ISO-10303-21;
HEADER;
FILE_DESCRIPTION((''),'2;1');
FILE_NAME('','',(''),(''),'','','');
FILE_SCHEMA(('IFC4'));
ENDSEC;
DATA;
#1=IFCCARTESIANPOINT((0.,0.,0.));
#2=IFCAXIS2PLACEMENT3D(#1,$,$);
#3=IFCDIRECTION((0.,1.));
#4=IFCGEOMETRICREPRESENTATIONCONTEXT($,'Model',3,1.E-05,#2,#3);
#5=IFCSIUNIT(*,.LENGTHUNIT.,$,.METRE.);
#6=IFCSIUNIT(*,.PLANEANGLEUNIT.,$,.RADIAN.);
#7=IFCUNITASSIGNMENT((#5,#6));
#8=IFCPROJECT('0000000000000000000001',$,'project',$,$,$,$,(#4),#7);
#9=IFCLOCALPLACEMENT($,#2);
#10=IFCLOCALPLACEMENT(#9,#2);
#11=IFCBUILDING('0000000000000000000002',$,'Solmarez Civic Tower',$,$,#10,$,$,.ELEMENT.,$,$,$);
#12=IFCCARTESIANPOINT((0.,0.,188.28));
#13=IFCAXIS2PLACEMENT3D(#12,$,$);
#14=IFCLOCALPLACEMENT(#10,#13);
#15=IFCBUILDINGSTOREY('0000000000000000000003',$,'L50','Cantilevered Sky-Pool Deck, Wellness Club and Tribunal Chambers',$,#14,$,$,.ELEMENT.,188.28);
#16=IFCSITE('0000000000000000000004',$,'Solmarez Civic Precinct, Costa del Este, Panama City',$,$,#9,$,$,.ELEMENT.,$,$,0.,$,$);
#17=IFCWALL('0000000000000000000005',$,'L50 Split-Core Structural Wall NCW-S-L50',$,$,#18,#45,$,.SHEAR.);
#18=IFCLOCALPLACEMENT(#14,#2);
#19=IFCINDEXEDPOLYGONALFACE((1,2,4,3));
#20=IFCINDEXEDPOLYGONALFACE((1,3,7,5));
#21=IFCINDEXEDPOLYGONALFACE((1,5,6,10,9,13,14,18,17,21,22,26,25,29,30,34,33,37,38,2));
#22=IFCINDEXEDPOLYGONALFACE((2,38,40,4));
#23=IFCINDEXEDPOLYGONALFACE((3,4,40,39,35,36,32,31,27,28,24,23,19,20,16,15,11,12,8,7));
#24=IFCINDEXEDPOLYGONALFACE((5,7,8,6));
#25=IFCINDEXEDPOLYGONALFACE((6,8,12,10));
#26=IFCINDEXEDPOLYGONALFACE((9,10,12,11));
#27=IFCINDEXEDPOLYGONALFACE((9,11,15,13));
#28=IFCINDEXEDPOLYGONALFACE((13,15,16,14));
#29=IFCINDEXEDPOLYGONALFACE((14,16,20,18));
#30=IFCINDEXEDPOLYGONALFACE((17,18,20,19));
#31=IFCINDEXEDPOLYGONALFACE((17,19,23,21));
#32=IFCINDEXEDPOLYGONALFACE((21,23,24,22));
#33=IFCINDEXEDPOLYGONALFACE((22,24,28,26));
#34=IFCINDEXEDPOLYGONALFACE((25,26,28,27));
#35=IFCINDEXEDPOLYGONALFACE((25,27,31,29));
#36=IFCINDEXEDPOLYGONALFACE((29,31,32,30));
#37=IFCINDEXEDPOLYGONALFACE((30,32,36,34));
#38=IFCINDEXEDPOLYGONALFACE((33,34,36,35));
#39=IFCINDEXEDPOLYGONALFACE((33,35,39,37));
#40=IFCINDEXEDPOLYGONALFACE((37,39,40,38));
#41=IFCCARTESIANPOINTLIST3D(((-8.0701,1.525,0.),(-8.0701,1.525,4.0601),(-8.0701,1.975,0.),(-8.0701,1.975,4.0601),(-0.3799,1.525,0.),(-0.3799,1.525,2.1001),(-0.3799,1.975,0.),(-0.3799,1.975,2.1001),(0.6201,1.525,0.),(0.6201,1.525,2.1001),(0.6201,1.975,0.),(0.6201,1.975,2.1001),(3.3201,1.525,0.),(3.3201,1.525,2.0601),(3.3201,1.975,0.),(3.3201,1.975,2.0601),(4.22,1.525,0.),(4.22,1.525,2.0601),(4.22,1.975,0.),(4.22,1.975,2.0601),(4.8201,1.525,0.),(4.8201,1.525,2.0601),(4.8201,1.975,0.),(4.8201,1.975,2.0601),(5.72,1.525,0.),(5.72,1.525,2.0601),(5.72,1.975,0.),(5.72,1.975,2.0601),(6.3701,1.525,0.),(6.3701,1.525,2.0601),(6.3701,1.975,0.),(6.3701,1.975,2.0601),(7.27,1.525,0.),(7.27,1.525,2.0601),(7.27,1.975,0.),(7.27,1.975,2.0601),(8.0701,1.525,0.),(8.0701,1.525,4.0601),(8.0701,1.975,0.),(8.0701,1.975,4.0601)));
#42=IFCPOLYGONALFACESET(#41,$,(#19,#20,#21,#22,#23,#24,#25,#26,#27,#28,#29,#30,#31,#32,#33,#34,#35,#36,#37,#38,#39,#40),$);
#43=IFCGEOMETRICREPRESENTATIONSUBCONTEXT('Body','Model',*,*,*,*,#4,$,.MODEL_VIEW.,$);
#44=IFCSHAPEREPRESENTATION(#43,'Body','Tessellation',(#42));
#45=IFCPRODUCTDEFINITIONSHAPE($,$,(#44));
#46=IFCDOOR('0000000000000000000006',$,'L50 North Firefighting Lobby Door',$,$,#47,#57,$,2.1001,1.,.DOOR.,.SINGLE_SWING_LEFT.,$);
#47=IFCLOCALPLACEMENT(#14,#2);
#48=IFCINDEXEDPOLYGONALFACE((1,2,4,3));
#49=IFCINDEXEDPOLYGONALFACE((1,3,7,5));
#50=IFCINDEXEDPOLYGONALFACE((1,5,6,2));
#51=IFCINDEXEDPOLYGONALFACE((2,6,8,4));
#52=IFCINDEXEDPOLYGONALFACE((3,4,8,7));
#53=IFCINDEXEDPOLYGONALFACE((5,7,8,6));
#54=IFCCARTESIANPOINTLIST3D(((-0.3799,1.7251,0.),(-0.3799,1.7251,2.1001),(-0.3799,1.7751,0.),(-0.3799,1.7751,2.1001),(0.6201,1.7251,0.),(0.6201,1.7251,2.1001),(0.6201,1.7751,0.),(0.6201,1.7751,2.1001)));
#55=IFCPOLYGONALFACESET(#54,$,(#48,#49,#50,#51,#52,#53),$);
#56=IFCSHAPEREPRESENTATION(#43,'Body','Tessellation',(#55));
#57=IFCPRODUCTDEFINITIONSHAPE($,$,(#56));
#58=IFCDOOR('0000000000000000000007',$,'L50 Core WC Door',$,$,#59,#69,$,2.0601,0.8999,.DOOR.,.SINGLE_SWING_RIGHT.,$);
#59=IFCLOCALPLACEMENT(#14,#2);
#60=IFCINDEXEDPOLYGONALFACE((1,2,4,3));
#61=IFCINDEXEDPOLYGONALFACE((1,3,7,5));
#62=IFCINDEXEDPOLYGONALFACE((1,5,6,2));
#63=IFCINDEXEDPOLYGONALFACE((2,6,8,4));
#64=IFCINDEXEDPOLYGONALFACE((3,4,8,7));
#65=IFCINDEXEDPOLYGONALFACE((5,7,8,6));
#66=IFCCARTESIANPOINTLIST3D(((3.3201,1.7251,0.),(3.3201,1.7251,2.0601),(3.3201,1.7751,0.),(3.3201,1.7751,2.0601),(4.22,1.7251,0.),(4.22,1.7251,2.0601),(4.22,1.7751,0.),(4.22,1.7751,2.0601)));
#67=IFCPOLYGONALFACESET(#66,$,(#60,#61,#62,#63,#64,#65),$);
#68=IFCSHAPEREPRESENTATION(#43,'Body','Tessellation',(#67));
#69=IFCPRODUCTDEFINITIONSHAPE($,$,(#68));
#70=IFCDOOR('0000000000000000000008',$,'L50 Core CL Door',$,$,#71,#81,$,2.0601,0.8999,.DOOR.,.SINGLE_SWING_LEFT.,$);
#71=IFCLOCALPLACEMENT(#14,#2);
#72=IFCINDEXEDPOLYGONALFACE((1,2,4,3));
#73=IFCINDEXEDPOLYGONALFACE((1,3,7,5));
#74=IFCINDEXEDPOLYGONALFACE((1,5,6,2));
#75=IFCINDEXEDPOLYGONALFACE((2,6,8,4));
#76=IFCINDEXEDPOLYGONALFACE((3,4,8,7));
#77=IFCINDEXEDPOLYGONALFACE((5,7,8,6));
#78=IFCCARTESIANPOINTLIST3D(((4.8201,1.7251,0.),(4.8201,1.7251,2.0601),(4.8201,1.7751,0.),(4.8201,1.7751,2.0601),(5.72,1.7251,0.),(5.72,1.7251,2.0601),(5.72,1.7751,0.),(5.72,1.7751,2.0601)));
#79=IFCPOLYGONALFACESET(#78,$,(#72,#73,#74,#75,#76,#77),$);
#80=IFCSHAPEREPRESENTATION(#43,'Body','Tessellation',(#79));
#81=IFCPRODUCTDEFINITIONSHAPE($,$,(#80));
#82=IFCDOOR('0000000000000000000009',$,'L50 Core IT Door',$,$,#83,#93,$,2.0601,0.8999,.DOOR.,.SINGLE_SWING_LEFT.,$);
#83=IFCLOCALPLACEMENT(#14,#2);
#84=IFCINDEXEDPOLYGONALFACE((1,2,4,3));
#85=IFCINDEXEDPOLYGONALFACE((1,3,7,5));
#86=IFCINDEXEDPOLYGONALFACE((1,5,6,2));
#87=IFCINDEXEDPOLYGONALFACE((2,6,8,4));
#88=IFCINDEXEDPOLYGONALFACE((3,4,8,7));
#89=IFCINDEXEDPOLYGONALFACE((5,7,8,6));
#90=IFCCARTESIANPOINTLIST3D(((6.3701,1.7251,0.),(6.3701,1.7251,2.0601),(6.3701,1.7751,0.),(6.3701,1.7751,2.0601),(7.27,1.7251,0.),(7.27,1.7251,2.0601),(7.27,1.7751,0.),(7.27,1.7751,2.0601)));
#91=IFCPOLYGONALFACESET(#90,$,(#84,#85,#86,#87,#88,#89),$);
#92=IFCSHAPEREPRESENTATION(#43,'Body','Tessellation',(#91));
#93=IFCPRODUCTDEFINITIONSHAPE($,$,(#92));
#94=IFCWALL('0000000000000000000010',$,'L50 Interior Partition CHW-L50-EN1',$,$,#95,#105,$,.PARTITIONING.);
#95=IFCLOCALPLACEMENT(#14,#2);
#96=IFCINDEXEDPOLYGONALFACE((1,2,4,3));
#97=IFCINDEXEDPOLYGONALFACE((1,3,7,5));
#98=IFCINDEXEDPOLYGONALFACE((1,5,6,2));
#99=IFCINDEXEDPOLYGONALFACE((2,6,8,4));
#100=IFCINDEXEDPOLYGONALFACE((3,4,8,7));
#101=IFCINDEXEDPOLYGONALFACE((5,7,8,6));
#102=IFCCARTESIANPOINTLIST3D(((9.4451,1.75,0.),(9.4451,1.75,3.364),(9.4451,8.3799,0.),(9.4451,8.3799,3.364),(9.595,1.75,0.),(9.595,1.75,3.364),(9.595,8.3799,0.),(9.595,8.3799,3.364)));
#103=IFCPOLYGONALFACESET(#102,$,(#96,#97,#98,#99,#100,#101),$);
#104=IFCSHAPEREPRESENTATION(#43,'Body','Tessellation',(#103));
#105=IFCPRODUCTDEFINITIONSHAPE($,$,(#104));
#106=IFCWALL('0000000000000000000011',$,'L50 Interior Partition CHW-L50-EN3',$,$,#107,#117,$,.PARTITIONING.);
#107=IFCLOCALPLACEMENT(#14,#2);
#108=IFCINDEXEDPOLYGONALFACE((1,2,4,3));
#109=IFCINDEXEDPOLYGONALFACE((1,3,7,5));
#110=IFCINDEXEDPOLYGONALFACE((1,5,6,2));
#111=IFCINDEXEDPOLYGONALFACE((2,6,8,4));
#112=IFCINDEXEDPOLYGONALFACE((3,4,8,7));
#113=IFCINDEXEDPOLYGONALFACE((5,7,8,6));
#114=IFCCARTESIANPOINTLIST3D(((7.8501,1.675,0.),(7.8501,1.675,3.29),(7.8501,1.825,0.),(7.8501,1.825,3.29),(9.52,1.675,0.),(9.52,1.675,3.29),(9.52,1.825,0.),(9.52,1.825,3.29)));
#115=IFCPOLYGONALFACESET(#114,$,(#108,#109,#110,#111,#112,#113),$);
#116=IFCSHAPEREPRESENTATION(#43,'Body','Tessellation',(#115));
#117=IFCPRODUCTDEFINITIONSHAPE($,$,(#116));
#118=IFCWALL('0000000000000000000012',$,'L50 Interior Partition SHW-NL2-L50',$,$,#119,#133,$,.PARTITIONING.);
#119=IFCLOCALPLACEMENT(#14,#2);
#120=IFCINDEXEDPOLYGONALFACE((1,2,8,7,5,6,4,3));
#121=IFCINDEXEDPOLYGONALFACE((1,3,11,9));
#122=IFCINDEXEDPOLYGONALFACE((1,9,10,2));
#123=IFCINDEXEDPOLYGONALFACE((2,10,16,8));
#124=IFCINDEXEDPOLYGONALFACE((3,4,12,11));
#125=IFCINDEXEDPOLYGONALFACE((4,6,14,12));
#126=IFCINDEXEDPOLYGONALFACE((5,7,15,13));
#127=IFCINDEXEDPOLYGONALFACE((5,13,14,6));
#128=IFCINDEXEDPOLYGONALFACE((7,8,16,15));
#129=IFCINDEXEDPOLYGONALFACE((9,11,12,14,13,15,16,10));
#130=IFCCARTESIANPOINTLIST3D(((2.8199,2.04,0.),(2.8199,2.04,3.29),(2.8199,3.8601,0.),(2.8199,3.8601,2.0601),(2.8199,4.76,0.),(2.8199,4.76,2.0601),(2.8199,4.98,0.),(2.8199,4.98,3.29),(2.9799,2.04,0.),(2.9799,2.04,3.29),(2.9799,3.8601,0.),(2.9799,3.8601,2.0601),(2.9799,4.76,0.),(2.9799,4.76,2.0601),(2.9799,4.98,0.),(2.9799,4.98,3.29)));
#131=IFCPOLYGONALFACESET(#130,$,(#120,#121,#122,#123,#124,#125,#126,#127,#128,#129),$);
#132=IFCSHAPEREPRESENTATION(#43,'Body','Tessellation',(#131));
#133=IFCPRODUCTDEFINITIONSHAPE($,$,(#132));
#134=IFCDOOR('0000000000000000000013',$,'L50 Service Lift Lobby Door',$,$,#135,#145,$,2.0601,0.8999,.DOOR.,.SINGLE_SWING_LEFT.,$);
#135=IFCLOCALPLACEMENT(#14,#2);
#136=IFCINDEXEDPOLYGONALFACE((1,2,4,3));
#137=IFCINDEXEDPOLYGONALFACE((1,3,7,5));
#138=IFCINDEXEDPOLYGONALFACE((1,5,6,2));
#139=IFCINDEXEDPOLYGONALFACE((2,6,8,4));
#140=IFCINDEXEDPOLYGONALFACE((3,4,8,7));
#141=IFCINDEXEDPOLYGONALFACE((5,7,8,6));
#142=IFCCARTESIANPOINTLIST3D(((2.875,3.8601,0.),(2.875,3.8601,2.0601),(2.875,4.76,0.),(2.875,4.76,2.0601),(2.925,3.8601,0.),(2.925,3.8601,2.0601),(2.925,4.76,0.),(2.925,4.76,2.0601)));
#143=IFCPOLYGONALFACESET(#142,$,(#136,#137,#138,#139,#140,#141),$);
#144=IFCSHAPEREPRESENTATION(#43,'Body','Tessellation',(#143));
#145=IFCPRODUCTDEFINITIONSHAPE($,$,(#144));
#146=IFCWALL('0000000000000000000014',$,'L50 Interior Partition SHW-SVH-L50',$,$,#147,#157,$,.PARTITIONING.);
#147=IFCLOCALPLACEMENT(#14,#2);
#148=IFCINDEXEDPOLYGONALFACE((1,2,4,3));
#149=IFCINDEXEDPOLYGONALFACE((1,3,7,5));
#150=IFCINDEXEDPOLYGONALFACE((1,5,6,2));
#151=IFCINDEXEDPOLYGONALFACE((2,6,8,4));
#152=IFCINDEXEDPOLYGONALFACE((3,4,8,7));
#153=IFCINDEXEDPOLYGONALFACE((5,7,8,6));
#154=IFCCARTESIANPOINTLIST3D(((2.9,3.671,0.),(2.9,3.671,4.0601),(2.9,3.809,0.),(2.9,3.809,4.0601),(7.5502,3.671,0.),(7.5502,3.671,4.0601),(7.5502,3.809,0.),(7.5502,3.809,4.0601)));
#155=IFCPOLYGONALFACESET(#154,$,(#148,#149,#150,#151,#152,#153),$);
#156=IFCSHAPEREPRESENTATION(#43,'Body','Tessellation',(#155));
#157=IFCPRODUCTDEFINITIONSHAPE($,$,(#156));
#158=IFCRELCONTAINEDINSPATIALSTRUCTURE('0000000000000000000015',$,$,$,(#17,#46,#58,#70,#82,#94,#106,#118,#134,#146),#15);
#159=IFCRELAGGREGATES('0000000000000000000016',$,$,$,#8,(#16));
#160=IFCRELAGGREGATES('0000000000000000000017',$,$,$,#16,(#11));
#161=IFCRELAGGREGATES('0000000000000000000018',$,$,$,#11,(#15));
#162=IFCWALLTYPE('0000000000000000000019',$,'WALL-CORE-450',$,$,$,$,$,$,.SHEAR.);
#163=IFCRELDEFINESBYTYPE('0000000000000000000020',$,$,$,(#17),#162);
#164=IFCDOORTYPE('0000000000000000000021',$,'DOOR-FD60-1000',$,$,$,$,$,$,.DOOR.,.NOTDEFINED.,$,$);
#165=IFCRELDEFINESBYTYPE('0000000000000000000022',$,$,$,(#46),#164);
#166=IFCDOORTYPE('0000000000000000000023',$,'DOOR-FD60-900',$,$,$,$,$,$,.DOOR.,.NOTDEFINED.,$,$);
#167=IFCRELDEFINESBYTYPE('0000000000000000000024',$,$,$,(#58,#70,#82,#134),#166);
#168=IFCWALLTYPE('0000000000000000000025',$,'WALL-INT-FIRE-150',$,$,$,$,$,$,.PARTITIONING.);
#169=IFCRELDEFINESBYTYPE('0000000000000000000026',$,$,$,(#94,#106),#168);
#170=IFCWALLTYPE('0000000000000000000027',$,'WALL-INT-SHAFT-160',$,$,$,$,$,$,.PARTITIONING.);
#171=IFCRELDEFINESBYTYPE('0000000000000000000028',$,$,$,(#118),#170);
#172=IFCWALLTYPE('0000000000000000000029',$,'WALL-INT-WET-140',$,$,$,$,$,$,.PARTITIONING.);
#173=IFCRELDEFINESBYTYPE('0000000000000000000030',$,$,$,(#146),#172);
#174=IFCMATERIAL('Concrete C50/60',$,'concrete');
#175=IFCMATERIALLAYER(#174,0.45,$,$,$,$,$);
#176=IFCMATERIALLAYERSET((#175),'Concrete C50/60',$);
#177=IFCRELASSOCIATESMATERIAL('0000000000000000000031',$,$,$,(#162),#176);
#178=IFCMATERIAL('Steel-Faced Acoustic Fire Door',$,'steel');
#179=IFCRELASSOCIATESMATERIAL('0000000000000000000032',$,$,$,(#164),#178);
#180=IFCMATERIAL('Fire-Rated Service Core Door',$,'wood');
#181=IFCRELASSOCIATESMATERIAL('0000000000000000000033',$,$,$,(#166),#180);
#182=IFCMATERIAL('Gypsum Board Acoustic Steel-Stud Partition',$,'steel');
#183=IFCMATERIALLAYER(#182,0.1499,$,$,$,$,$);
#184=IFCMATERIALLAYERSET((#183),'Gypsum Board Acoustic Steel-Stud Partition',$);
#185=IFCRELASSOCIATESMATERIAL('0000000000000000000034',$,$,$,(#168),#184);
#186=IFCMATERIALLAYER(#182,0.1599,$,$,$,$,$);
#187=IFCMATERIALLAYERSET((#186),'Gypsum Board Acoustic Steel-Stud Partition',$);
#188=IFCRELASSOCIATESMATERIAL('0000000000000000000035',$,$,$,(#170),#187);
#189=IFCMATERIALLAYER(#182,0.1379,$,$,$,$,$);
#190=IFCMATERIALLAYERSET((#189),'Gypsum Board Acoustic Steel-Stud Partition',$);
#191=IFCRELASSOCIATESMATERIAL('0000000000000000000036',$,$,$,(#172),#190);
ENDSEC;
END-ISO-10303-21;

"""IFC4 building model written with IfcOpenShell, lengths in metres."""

from ifc_helpers import new_model, si_unit, direction, frame, frame_2d, origin, place, context, subcontext, project, spatial, rectangle, extrude, material, layer, layer_set, type_object, element, fill, save


model = new_model("IFC4")

# Units and contexts
model_context = context("Model", 3, precision=1e-05, world=origin(), true_north=direction((0.0, 1.0)))
body_context = subcontext(model_context, "Body", "Model", "MODEL_VIEW")
ifc_project = project(units=[si_unit("LENGTHUNIT", "METRE"), si_unit("PLANEANGLEUNIT", "RADIAN")], contexts=[model_context])

# Site, building, storey
site_placement = place(None, origin())
site = spatial("IfcSite", under=ifc_project, at=site_placement, Name="Solmarez Civic Precinct, Costa del Este, Panama City", CompositionType="ELEMENT", RefElevation=0.0)
building_placement = place(site_placement, origin())
building = spatial("IfcBuilding", under=site, at=building_placement, Name="Solmarez Civic Tower", CompositionType="ELEMENT")
storey_placement = place(building_placement, frame((0.0, 0.0, 188.28)))
storey = spatial("IfcBuildingStorey", under=building, at=storey_placement, Name="L50", Description="Cantilevered Sky-Pool Deck, Wellness Club and Tribunal Chambers", CompositionType="ELEMENT", Elevation=188.28)

# Shared definitions
ifc_material_1 = material(Name="Concrete C50/60", Category="concrete")

# Wall, openings, doors
ifc_layer_1 = layer(ifc_material_1, 0.45)
ifc_layer_set_1 = layer_set([ifc_layer_1], Name="Concrete C50/60")
wall_type_1 = type_object("IfcWallType", Name="WALL-CORE-450", PredefinedType="SHEAR", material=ifc_layer_set_1)
wall_1_placement = place(storey_placement, frame((8.0701, 1.75, 0.0), z_axis=(0.0, 0.0, 1.0), x_axis=(-1.0, 0.0, 0.0)))
wall_1 = element("IfcWall", 1, at=wall_1_placement, inside=storey, type_object=wall_type_1, Name="L50 Split-Core Structural Wall NCW-S-L50", PredefinedType="SHEAR", context=body_context, shape_type="SweptSolid", body=[
    extrude(rectangle(XDim=16.1401, YDim=0.45, at=frame_2d((8.0701, 0.0))), origin(), (0.0, 0.0, 1.0), 4.0601),
])
opening_1_placement = place(wall_1_placement, frame((7.45, 0.0, 0.0)))
opening_1 = element("IfcOpeningElement", 2, at=opening_1_placement, cuts=wall_1, PredefinedType="OPENING", context=body_context, shape_type="SweptSolid", body=[
    extrude(rectangle(XDim=1.0, YDim=2.1001, at=frame_2d((0.5, 1.05))), frame((0.0, 0.2349, 0.0), z_axis=(0.0, -1.0, 0.0), x_axis=(1.0, 0.0, 0.0)), (0.0, 0.0, 1.0), 0.47),
])
opening_2_placement = place(wall_1_placement, frame((3.8501, 0.0, 0.0)))
opening_2 = element("IfcOpeningElement", 3, at=opening_2_placement, cuts=wall_1, PredefinedType="OPENING", context=body_context, shape_type="SweptSolid", body=[
    extrude(rectangle(XDim=0.8999, YDim=2.0601, at=frame_2d((0.45, 1.03))), frame((0.0, 0.2349, 0.0), z_axis=(0.0, -1.0, 0.0), x_axis=(1.0, 0.0, 0.0)), (0.0, 0.0, 1.0), 0.47),
])
opening_3_placement = place(wall_1_placement, frame((2.3501, 0.0, 0.0)))
opening_3 = element("IfcOpeningElement", 4, at=opening_3_placement, cuts=wall_1, PredefinedType="OPENING", context=body_context, shape_type="SweptSolid", body=[
    extrude(rectangle(XDim=0.8999, YDim=2.0601, at=frame_2d((0.45, 1.03))), frame((0.0, 0.2349, 0.0), z_axis=(0.0, -1.0, 0.0), x_axis=(1.0, 0.0, 0.0)), (0.0, 0.0, 1.0), 0.47),
])
opening_4_placement = place(wall_1_placement, frame((0.8, 0.0, 0.0)))
opening_4 = element("IfcOpeningElement", 5, at=opening_4_placement, cuts=wall_1, PredefinedType="OPENING", context=body_context, shape_type="SweptSolid", body=[
    extrude(rectangle(XDim=0.8999, YDim=2.0601, at=frame_2d((0.45, 1.03))), frame((0.0, 0.2349, 0.0), z_axis=(0.0, -1.0, 0.0), x_axis=(1.0, 0.0, 0.0)), (0.0, 0.0, 1.0), 0.47),
])
ifc_material_2 = material(Name="Steel-Faced Acoustic Fire Door", Category="steel")
door_type_1 = type_object("IfcDoorType", Name="DOOR-FD60-1000", OperationType="NOTDEFINED", PredefinedType="DOOR", material=ifc_material_2)
door_1_placement = place(opening_1_placement, origin())
door_1 = element("IfcDoor", 6, at=door_1_placement, inside=storey, type_object=door_type_1, Name="L50 North Firefighting Lobby Door", OperationType="SINGLE_SWING_LEFT", OverallHeight=2.1001, OverallWidth=1.0, PredefinedType="DOOR", context=body_context, shape_type="SweptSolid", body=[
    extrude(rectangle(XDim=1.0, YDim=2.1001, at=frame_2d((0.5, 1.05))), frame((0.0, 0.0249, 0.0), z_axis=(0.0, -1.0, 0.0), x_axis=(1.0, 0.0, 0.0)), (0.0, 0.0, 1.0), 0.05),
])
fill(opening_1, door_1)
ifc_material_3 = material(Name="Fire-Rated Service Core Door", Category="wood")
door_type_2 = type_object("IfcDoorType", Name="DOOR-FD60-900", OperationType="NOTDEFINED", PredefinedType="DOOR", material=ifc_material_3)
door_2_placement = place(opening_2_placement, origin())
door_2 = element("IfcDoor", 7, at=door_2_placement, inside=storey, type_object=door_type_2, Name="L50 Core WC Door", OperationType="SINGLE_SWING_RIGHT", OverallHeight=2.0601, OverallWidth=0.8999, PredefinedType="DOOR", context=body_context, shape_type="SweptSolid", body=[
    extrude(rectangle(XDim=0.8999, YDim=2.0601, at=frame_2d((0.45, 1.03))), frame((0.0, 0.0249, 0.0), z_axis=(0.0, -1.0, 0.0), x_axis=(1.0, 0.0, 0.0)), (0.0, 0.0, 1.0), 0.05),
])
fill(opening_2, door_2)
door_3_placement = place(opening_3_placement, origin())
door_3 = element("IfcDoor", 8, at=door_3_placement, inside=storey, type_object=door_type_2, Name="L50 Core CL Door", OperationType="SINGLE_SWING_LEFT", OverallHeight=2.0601, OverallWidth=0.8999, PredefinedType="DOOR", context=body_context, shape_type="SweptSolid", body=[
    extrude(rectangle(XDim=0.8999, YDim=2.0601, at=frame_2d((0.45, 1.03))), frame((0.0, 0.0249, 0.0), z_axis=(0.0, -1.0, 0.0), x_axis=(1.0, 0.0, 0.0)), (0.0, 0.0, 1.0), 0.05),
])
fill(opening_3, door_3)
door_4_placement = place(opening_4_placement, origin())
door_4 = element("IfcDoor", 9, at=door_4_placement, inside=storey, type_object=door_type_2, Name="L50 Core IT Door", OperationType="SINGLE_SWING_LEFT", OverallHeight=2.0601, OverallWidth=0.8999, PredefinedType="DOOR", context=body_context, shape_type="SweptSolid", body=[
    extrude(rectangle(XDim=0.8999, YDim=2.0601, at=frame_2d((0.45, 1.03))), frame((0.0, 0.0249, 0.0), z_axis=(0.0, -1.0, 0.0), x_axis=(1.0, 0.0, 0.0)), (0.0, 0.0, 1.0), 0.05),
])
fill(opening_4, door_4)

# Walls
ifc_material_4 = material(Name="Gypsum Board Acoustic Steel-Stud Partition", Category="steel")
ifc_layer_2 = layer(ifc_material_4, 0.1499)
ifc_layer_set_2 = layer_set([ifc_layer_2], Name="Gypsum Board Acoustic Steel-Stud Partition")
wall_type_2 = type_object("IfcWallType", Name="WALL-INT-FIRE-150", PredefinedType="PARTITIONING", material=ifc_layer_set_2)
wall_2_placement = place(storey_placement, frame((9.52, 1.75, 0.0), z_axis=(0.0, 0.0, 1.0), x_axis=(0.0, 1.0, 0.0)))
element("IfcWall", 10, at=wall_2_placement, inside=storey, type_object=wall_type_2, Name="L50 Interior Partition CHW-L50-EN1", PredefinedType="PARTITIONING", context=body_context, shape_type="SweptSolid", body=[
    extrude(rectangle(XDim=6.6299, YDim=0.1499, at=frame_2d((3.3149, 0.0))), origin(), (0.0, 0.0, 1.0), 3.364),
])
wall_3_placement = place(storey_placement, frame((7.8501, 1.75, 0.0), z_axis=(0.0, 0.0, 1.0), x_axis=(1.0, 0.0, 0.0)))
element("IfcWall", 11, at=wall_3_placement, inside=storey, type_object=wall_type_2, Name="L50 Interior Partition CHW-L50-EN3", PredefinedType="PARTITIONING", context=body_context, shape_type="SweptSolid", body=[
    extrude(rectangle(XDim=1.6699, YDim=0.1499, at=frame_2d((0.835, 0.0))), origin(), (0.0, 0.0, 1.0), 3.29),
])

# Wall, opening, door
ifc_layer_3 = layer(ifc_material_4, 0.1599)
ifc_layer_set_3 = layer_set([ifc_layer_3], Name="Gypsum Board Acoustic Steel-Stud Partition")
wall_type_3 = type_object("IfcWallType", Name="WALL-INT-SHAFT-160", PredefinedType="PARTITIONING", material=ifc_layer_set_3)
wall_4_placement = place(storey_placement, frame((2.8999, 2.04, 0.0), z_axis=(0.0, 0.0, 1.0), x_axis=(0.0, 1.0, 0.0)))
wall_4 = element("IfcWall", 12, at=wall_4_placement, inside=storey, type_object=wall_type_3, Name="L50 Interior Partition SHW-NL2-L50", PredefinedType="PARTITIONING", context=body_context, shape_type="SweptSolid", body=[
    extrude(rectangle(XDim=2.9399, YDim=0.1599, at=frame_2d((1.47, 0.0))), origin(), (0.0, 0.0, 1.0), 3.29),
])
opening_5_placement = place(wall_4_placement, frame((1.8201, 0.0, 0.0)))
opening_5 = element("IfcOpeningElement", 13, at=opening_5_placement, cuts=wall_4, PredefinedType="OPENING", context=body_context, shape_type="SweptSolid", body=[
    extrude(rectangle(XDim=0.8999, YDim=2.0601, at=frame_2d((0.45, 1.03))), frame((0.0, 0.0898, 0.0), z_axis=(0.0, -1.0, 0.0), x_axis=(1.0, 0.0, 0.0)), (0.0, 0.0, 1.0), 0.1799),
])
door_5_placement = place(opening_5_placement, origin())
door_5 = element("IfcDoor", 14, at=door_5_placement, inside=storey, type_object=door_type_2, Name="L50 Service Lift Lobby Door", OperationType="SINGLE_SWING_LEFT", OverallHeight=2.0601, OverallWidth=0.8999, PredefinedType="DOOR", context=body_context, shape_type="SweptSolid", body=[
    extrude(rectangle(XDim=0.8999, YDim=2.0601, at=frame_2d((0.45, 1.03))), frame((0.0, 0.0249, 0.0), z_axis=(0.0, -1.0, 0.0), x_axis=(1.0, 0.0, 0.0)), (0.0, 0.0, 1.0), 0.05),
])
fill(opening_5, door_5)

# Wall
ifc_layer_4 = layer(ifc_material_4, 0.1379)
ifc_layer_set_4 = layer_set([ifc_layer_4], Name="Gypsum Board Acoustic Steel-Stud Partition")
wall_type_4 = type_object("IfcWallType", Name="WALL-INT-WET-140", PredefinedType="PARTITIONING", material=ifc_layer_set_4)
wall_5_placement = place(storey_placement, frame((2.8999, 3.74, 0.0), z_axis=(0.0, 0.0, 1.0), x_axis=(1.0, 0.0, 0.0)))
element("IfcWall", 15, at=wall_5_placement, inside=storey, type_object=wall_type_4, Name="L50 Interior Partition SHW-SVH-L50", PredefinedType="PARTITIONING", context=body_context, shape_type="SweptSolid", body=[
    extrude(rectangle(XDim=4.6501, YDim=0.1379, at=frame_2d((2.3252, 0.0))), origin(), (0.0, 0.0, 1.0), 4.0601),
])

save(model, "model.ifc")
